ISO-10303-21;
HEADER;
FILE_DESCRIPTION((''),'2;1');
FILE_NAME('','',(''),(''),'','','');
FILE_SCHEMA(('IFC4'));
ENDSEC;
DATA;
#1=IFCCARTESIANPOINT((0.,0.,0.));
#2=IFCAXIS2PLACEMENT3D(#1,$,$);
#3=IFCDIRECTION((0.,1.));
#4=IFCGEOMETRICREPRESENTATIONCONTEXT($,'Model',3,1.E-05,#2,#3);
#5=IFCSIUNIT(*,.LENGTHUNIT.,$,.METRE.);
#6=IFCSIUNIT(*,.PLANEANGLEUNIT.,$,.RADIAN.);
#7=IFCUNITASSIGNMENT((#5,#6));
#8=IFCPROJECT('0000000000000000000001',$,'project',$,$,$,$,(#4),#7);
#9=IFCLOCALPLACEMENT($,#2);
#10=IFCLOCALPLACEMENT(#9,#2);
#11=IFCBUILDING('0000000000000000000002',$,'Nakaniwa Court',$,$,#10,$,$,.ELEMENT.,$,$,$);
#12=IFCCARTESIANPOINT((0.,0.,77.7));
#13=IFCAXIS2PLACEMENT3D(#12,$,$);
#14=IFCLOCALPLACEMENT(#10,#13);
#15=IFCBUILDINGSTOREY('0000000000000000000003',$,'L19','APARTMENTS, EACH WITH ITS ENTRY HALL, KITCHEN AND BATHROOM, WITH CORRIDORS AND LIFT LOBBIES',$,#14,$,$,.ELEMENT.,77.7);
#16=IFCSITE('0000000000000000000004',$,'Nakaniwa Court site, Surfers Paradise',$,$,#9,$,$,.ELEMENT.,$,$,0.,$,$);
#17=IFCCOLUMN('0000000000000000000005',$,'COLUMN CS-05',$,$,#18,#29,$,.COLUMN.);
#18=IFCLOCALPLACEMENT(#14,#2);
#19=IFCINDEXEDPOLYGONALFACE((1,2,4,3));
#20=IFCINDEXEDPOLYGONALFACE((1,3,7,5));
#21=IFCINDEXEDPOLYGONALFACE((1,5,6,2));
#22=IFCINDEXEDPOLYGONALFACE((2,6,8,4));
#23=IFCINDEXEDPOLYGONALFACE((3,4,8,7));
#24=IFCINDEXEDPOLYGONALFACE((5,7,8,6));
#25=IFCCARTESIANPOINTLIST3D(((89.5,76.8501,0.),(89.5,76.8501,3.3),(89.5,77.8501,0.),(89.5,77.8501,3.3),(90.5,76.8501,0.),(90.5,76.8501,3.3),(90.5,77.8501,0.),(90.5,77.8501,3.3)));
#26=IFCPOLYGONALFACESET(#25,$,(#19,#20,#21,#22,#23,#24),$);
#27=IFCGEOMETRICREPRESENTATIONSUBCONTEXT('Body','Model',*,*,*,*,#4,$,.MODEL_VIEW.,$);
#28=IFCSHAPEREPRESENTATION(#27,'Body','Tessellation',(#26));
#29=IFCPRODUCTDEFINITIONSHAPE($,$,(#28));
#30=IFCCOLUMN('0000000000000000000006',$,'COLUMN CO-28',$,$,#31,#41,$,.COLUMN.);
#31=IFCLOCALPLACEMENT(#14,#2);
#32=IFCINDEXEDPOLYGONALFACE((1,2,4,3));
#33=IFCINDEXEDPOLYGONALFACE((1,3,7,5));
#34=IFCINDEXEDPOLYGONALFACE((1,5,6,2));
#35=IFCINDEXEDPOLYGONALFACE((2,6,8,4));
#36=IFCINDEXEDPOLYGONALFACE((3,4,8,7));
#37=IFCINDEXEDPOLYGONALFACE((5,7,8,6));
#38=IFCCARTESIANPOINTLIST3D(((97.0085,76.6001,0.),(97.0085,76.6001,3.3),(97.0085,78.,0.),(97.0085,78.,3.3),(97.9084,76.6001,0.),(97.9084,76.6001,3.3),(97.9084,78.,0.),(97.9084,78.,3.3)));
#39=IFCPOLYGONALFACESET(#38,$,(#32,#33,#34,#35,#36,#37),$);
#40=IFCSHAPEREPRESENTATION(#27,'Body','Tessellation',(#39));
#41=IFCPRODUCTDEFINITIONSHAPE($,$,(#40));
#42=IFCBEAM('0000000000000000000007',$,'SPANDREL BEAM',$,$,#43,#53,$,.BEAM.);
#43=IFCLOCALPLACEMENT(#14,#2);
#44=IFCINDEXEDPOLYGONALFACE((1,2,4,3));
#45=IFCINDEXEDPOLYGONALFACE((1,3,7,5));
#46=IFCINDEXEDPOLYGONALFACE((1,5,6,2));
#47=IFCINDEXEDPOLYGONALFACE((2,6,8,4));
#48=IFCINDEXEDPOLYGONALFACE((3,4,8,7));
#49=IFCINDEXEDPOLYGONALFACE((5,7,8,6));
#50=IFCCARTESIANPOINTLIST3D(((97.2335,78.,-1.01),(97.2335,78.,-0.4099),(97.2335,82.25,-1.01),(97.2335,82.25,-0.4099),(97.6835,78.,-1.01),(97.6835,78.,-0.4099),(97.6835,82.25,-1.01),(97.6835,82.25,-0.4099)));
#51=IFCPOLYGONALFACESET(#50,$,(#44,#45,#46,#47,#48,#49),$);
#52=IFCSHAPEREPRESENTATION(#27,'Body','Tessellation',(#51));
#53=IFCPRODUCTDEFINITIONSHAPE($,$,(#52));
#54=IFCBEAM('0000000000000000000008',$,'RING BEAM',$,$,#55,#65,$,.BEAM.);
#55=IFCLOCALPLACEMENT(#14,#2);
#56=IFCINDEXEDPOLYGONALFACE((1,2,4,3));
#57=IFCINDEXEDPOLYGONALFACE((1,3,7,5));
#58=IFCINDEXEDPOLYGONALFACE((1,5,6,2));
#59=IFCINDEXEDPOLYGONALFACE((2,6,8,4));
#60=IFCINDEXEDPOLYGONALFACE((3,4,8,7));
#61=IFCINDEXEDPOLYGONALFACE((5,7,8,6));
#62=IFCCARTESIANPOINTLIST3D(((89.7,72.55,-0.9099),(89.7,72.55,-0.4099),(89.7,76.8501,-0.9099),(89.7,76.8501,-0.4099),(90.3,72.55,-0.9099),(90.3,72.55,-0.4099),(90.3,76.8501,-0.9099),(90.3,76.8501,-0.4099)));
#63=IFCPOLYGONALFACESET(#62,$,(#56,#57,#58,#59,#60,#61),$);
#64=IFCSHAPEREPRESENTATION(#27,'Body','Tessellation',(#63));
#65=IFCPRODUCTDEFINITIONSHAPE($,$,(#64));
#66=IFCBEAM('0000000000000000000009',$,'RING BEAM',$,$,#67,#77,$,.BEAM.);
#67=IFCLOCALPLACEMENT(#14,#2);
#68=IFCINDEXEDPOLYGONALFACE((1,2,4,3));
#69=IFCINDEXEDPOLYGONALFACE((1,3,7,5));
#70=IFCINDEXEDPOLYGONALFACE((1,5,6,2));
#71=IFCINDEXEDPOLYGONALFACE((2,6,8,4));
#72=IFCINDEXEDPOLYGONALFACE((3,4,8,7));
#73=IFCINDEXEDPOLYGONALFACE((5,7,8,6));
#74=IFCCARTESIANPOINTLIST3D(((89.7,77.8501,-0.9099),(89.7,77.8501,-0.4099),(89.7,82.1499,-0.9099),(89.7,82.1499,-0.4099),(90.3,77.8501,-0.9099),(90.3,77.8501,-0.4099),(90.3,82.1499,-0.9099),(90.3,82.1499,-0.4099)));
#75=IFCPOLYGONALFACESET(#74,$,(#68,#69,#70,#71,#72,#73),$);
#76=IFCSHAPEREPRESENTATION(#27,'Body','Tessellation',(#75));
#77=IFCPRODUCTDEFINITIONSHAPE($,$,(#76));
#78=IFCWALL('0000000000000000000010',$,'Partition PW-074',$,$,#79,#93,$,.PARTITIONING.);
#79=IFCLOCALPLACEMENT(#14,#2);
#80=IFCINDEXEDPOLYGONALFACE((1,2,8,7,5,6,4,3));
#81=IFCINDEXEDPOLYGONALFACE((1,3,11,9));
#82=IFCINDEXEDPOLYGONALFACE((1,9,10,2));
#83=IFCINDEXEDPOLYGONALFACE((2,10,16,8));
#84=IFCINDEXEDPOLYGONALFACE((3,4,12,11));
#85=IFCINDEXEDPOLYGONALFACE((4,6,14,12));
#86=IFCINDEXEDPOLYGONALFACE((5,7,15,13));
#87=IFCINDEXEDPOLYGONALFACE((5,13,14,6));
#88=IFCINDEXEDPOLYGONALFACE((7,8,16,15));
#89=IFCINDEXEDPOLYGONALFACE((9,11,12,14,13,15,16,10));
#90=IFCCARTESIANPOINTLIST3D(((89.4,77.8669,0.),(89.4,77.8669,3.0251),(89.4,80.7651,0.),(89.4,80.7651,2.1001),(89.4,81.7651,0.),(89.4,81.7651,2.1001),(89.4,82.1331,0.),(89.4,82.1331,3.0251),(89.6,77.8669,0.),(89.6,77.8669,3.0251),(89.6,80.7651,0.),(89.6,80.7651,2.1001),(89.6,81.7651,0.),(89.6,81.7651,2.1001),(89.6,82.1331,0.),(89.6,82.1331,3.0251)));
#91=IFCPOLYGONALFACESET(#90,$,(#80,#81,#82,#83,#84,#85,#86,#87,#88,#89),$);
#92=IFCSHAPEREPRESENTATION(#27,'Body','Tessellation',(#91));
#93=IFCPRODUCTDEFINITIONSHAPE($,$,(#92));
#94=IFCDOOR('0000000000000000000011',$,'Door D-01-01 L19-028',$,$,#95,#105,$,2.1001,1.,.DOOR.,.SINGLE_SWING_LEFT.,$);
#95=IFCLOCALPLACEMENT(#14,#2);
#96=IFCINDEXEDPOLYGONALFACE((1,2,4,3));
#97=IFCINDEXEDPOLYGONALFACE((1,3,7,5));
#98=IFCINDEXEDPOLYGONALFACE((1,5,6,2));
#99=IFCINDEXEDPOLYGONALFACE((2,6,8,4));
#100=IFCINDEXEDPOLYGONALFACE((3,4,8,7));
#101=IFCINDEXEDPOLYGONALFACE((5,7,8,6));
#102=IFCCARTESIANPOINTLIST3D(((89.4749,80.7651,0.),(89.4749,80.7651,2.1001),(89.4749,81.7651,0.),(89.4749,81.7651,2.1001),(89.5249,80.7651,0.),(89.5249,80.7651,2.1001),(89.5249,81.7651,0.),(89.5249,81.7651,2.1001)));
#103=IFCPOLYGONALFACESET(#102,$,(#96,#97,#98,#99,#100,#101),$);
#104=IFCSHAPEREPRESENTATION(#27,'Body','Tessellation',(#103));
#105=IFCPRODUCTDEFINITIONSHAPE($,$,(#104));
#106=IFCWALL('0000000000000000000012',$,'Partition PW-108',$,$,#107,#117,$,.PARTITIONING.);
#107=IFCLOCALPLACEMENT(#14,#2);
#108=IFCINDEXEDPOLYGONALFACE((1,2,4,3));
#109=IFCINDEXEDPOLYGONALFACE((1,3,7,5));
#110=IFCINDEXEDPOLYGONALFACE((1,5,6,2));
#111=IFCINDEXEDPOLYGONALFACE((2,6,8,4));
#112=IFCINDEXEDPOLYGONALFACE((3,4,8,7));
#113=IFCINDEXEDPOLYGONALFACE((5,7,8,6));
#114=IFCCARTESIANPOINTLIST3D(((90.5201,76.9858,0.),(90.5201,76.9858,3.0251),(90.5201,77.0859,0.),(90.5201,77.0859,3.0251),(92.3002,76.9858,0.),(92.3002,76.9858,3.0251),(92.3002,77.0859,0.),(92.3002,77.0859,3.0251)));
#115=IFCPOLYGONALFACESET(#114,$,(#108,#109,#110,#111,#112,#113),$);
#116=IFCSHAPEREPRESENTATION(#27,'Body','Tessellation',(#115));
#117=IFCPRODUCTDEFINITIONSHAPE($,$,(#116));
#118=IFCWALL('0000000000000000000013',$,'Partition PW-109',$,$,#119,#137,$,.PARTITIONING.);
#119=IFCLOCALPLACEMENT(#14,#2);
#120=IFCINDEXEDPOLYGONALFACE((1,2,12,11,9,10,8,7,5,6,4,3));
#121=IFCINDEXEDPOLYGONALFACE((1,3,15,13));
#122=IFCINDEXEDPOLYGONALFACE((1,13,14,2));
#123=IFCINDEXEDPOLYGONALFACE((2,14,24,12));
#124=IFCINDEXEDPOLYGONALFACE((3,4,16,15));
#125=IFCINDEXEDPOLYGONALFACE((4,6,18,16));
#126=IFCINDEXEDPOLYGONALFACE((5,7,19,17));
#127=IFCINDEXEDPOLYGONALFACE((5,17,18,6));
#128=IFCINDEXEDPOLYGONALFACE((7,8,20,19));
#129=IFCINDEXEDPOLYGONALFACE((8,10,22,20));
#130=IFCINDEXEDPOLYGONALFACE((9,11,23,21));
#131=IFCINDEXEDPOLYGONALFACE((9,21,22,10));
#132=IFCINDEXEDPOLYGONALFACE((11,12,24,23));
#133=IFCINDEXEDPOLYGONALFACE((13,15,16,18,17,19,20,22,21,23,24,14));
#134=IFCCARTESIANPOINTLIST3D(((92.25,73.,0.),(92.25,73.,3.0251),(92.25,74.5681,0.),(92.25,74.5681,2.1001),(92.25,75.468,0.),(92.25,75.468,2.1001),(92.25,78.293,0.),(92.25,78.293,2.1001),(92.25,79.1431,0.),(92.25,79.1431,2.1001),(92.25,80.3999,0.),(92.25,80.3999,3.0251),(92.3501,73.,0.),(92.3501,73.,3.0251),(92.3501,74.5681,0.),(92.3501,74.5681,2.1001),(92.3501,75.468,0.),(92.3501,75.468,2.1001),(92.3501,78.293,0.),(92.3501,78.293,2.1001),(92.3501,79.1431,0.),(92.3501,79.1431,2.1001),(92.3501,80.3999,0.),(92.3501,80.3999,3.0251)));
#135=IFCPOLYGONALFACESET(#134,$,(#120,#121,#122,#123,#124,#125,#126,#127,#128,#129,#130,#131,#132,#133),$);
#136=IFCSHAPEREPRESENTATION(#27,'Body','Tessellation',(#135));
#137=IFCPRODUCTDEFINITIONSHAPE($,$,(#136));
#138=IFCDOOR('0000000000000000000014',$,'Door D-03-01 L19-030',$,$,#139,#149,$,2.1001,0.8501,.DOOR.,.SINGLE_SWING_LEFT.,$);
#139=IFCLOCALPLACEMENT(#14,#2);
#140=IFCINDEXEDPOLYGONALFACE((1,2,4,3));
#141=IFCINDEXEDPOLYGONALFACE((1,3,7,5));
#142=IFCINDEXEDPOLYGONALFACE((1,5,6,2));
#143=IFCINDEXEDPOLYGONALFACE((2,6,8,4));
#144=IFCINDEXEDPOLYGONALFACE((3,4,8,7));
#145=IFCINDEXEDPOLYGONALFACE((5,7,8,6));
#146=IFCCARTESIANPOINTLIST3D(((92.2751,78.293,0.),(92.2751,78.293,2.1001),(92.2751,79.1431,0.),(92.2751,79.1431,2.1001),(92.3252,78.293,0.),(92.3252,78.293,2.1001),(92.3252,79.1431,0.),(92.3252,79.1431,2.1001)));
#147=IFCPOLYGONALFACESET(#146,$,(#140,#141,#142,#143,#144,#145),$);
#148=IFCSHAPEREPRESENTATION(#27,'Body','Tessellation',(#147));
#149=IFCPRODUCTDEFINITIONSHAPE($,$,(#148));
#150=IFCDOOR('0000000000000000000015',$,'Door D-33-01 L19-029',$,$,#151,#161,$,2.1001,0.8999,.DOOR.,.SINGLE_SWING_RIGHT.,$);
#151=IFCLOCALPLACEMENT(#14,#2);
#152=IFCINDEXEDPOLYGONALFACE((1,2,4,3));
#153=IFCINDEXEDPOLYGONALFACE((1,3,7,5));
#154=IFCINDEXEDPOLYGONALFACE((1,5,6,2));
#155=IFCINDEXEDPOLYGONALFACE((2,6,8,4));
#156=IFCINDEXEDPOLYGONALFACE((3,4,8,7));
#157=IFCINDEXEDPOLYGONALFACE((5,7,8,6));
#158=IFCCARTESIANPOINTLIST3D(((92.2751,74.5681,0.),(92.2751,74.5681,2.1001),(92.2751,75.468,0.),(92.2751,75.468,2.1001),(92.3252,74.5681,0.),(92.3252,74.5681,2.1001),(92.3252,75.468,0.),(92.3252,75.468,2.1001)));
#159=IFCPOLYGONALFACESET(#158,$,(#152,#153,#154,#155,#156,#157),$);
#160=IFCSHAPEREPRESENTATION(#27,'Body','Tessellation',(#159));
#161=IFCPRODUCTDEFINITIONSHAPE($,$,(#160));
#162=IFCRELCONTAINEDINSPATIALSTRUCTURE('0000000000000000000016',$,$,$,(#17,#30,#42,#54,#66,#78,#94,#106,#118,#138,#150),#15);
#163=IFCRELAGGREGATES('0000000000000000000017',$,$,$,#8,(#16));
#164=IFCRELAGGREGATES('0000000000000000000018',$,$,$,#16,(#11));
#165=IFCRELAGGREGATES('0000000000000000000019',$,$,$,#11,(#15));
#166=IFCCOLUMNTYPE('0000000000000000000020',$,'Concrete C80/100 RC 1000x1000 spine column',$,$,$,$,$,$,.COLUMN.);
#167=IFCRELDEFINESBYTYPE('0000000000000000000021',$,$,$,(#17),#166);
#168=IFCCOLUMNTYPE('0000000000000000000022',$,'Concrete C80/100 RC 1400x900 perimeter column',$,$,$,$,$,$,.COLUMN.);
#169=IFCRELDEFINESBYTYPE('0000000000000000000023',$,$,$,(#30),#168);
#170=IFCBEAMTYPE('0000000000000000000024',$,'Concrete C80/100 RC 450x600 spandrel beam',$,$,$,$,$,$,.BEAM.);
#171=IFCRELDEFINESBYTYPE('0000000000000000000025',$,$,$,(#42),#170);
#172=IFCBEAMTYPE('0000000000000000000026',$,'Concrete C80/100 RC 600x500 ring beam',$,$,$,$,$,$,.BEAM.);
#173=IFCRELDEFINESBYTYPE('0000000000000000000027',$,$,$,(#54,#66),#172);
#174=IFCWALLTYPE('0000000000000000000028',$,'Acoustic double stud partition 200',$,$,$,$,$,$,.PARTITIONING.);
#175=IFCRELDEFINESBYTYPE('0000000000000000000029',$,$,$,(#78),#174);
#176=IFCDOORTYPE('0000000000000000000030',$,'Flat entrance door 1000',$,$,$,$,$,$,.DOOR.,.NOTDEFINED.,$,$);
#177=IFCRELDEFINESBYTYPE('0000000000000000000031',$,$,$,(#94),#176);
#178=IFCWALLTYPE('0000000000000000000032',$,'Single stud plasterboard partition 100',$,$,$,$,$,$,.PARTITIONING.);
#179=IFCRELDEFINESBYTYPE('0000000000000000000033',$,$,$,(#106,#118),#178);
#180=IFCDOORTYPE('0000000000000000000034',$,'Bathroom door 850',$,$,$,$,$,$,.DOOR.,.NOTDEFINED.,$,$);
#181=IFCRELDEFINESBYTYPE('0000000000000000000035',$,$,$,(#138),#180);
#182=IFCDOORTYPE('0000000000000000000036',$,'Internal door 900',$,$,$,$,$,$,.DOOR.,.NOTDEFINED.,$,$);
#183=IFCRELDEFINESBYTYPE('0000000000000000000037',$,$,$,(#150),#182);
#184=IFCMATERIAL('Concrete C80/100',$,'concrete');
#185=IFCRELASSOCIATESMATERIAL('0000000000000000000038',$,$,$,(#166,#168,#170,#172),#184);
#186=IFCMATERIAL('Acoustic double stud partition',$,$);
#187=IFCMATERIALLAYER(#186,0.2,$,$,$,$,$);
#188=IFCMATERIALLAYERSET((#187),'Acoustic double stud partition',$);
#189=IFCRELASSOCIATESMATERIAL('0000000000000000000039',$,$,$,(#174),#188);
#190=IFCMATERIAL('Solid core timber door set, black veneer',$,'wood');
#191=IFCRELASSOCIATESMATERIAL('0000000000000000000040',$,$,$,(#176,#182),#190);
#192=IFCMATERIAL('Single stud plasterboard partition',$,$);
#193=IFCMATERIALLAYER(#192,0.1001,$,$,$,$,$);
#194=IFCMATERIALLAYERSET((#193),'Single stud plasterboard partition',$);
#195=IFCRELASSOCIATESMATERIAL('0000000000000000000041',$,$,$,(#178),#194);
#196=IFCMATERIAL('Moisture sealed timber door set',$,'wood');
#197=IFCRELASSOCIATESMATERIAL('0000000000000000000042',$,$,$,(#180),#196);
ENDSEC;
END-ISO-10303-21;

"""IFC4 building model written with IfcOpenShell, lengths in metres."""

from ifc_helpers import new_model, si_unit, direction, frame, frame_2d, origin, origin_2d, place, context, subcontext, project, spatial, rectangle, extrude, material, layer, layer_set, material_profile, profile_set, type_object, element, fill, save


model = new_model("IFC4")

# Units and contexts
model_context = context("Model", 3, precision=1e-05, world=origin(), true_north=direction((0.0, 1.0)))
body_context = subcontext(model_context, "Body", "Model", "MODEL_VIEW")
ifc_project = project(units=[si_unit("LENGTHUNIT", "METRE"), si_unit("PLANEANGLEUNIT", "RADIAN")], contexts=[model_context])

# Site, building, storey
site_placement = place(None, origin())
site = spatial("IfcSite", under=ifc_project, at=site_placement, Name="Nakaniwa Court site, Surfers Paradise", CompositionType="ELEMENT", RefElevation=0.0)
building_placement = place(site_placement, origin())
building = spatial("IfcBuilding", under=site, at=building_placement, Name="Nakaniwa Court", CompositionType="ELEMENT")
storey_placement = place(building_placement, frame((0.0, 0.0, 77.7)))
storey = spatial("IfcBuildingStorey", under=building, at=storey_placement, Name="L19", Description="APARTMENTS, EACH WITH ITS ENTRY HALL, KITCHEN AND BATHROOM, WITH CORRIDORS AND LIFT LOBBIES", CompositionType="ELEMENT", Elevation=77.7)

# Columns
ifc_material_1 = material(Name="Concrete C80/100", Category="concrete")
ifc_material_profile_1 = material_profile(ifc_material_1, rectangle(XDim=1.0, YDim=1.0, at=origin_2d()), Name="Concrete C80/100 RC 1000x1000 spine column")
ifc_profile_set_1 = profile_set([ifc_material_profile_1], Name="Concrete C80/100")
column_type_1 = type_object("IfcColumnType", Name="Concrete C80/100 RC 1000x1000 spine column", PredefinedType="COLUMN", material=ifc_profile_set_1)
column_1_placement = place(storey_placement, frame((90.0, 77.3501, 0.0), z_axis=(0.0, 0.0, 1.0), x_axis=(0.0, 1.0, 0.0)))
element("IfcColumn", 1, at=column_1_placement, inside=storey, type_object=column_type_1, Name="COLUMN CS-05", PredefinedType="COLUMN", context=body_context, shape_type="SweptSolid", body=[
    extrude(rectangle(XDim=1.0, YDim=1.0, at=origin_2d()), origin(), (0.0, 0.0, 1.0), 3.3),
])
ifc_material_profile_2 = material_profile(ifc_material_1, rectangle(XDim=1.3999, YDim=0.8999, at=origin_2d()), Name="Concrete C80/100 RC 1400x900 perimeter column")
ifc_profile_set_2 = profile_set([ifc_material_profile_2], Name="Concrete C80/100")
column_type_2 = type_object("IfcColumnType", Name="Concrete C80/100 RC 1400x900 perimeter column", PredefinedType="COLUMN", material=ifc_profile_set_2)
column_2_placement = place(storey_placement, frame((97.4585, 77.3, 0.0), z_axis=(0.0, 0.0, 1.0), x_axis=(0.0, 1.0, 0.0)))
element("IfcColumn", 2, at=column_2_placement, inside=storey, type_object=column_type_2, Name="COLUMN CO-28", PredefinedType="COLUMN", context=body_context, shape_type="SweptSolid", body=[
    extrude(rectangle(XDim=1.3999, YDim=0.8999, at=origin_2d()), origin(), (0.0, 0.0, 1.0), 3.3),
])

# Beams
ifc_material_profile_3 = material_profile(ifc_material_1, rectangle(XDim=0.45, YDim=0.6001, at=origin_2d()), Name="Concrete C80/100 RC 450x600 spandrel beam")
ifc_profile_set_3 = profile_set([ifc_material_profile_3], Name="Concrete C80/100")
beam_type_1 = type_object("IfcBeamType", Name="Concrete C80/100 RC 450x600 spandrel beam", PredefinedType="BEAM", material=ifc_profile_set_3)
beam_1_placement = place(storey_placement, frame((97.4585, 78.0, -0.71), z_axis=(0.0, 1.0, 0.0), x_axis=(-1.0, 0.0, 0.0)))
element("IfcBeam", 3, at=beam_1_placement, inside=storey, type_object=beam_type_1, Name="SPANDREL BEAM", PredefinedType="BEAM", context=body_context, shape_type="SweptSolid", body=[
    extrude(rectangle(XDim=0.45, YDim=0.6001, at=origin_2d()), origin(), (0.0, 0.0, 1.0), 4.25),
])
ifc_material_profile_4 = material_profile(ifc_material_1, rectangle(XDim=0.6001, YDim=0.5, at=origin_2d()), Name="Concrete C80/100 RC 600x500 ring beam")
ifc_profile_set_4 = profile_set([ifc_material_profile_4], Name="Concrete C80/100")
beam_type_2 = type_object("IfcBeamType", Name="Concrete C80/100 RC 600x500 ring beam", PredefinedType="BEAM", material=ifc_profile_set_4)
beam_2_placement = place(storey_placement, frame((90.0, 72.55, -0.6599), z_axis=(0.0, 1.0, 0.0), x_axis=(-1.0, 0.0, 0.0)))
element("IfcBeam", 4, at=beam_2_placement, inside=storey, type_object=beam_type_2, Name="RING BEAM", PredefinedType="BEAM", context=body_context, shape_type="SweptSolid", body=[
    extrude(rectangle(XDim=0.6001, YDim=0.5, at=origin_2d()), origin(), (0.0, 0.0, 1.0), 4.3),
])
beam_3_placement = place(storey_placement, frame((90.0, 77.8501, -0.6599), z_axis=(0.0, 1.0, 0.0), x_axis=(-1.0, 0.0, 0.0)))
element("IfcBeam", 5, at=beam_3_placement, inside=storey, type_object=beam_type_2, Name="RING BEAM", PredefinedType="BEAM", context=body_context, shape_type="SweptSolid", body=[
    extrude(rectangle(XDim=0.6001, YDim=0.5, at=origin_2d()), origin(), (0.0, 0.0, 1.0), 4.2998),
])

# Wall, opening, door
ifc_material_2 = material(Name="Acoustic double stud partition")
ifc_layer_1 = layer(ifc_material_2, 0.2)
ifc_layer_set_1 = layer_set([ifc_layer_1], Name="Acoustic double stud partition")
wall_type_1 = type_object("IfcWallType", Name="Acoustic double stud partition 200", PredefinedType="PARTITIONING", material=ifc_layer_set_1)
wall_1_placement = place(storey_placement, frame((89.5, 82.1331, 0.0), z_axis=(0.0, 0.0, 1.0), x_axis=(0.0, -1.0, 0.0)))
wall_1 = element("IfcWall", 6, at=wall_1_placement, inside=storey, type_object=wall_type_1, Name="Partition PW-074", PredefinedType="PARTITIONING", context=body_context, shape_type="SweptSolid", body=[
    extrude(rectangle(XDim=4.2661, YDim=0.2, at=frame_2d((2.1331, 0.0))), origin(), (0.0, 0.0, 1.0), 3.0251),
])
opening_1_placement = place(wall_1_placement, frame((0.3679, 0.0, 0.0)))
opening_1 = element("IfcOpeningElement", 7, at=opening_1_placement, cuts=wall_1, PredefinedType="OPENING", context=body_context, shape_type="SweptSolid", body=[
    extrude(rectangle(XDim=1.0, YDim=2.1001, at=frame_2d((0.5, 1.05))), frame((0.0, 0.1099, 0.0), z_axis=(0.0, -1.0, 0.0), x_axis=(1.0, 0.0, 0.0)), (0.0, 0.0, 1.0), 0.22),
])
ifc_material_3 = material(Name="Solid core timber door set, black veneer", Category="wood")
door_type_1 = type_object("IfcDoorType", Name="Flat entrance door 1000", OperationType="NOTDEFINED", PredefinedType="DOOR", material=ifc_material_3)
door_1_placement = place(opening_1_placement, origin())
door_1 = element("IfcDoor", 8, at=door_1_placement, inside=storey, type_object=door_type_1, Name="Door D-01-01 L19-028", OperationType="SINGLE_SWING_LEFT", OverallHeight=2.1001, OverallWidth=1.0, PredefinedType="DOOR", context=body_context, shape_type="SweptSolid", body=[
    extrude(rectangle(XDim=1.0, YDim=2.1001, at=frame_2d((0.5, 1.05))), frame((0.0, 0.0249, 0.0), z_axis=(0.0, -1.0, 0.0), x_axis=(1.0, 0.0, 0.0)), (0.0, 0.0, 1.0), 0.05),
])
fill(opening_1, door_1)

# Wall
ifc_material_4 = material(Name="Single stud plasterboard partition")
ifc_layer_2 = layer(ifc_material_4, 0.1001)
ifc_layer_set_2 = layer_set([ifc_layer_2], Name="Single stud plasterboard partition")
wall_type_2 = type_object("IfcWallType", Name="Single stud plasterboard partition 100", PredefinedType="PARTITIONING", material=ifc_layer_set_2)
wall_2_placement = place(storey_placement, frame((90.52, 77.0359, 0.0), z_axis=(0.0, 0.0, 1.0), x_axis=(1.0, 0.0, 0.0)))
element("IfcWall", 9, at=wall_2_placement, inside=storey, type_object=wall_type_2, Name="Partition PW-108", PredefinedType="PARTITIONING", context=body_context, shape_type="SweptSolid", body=[
    extrude(rectangle(XDim=1.78, YDim=0.1001, at=frame_2d((0.8901, 0.0))), origin(), (0.0, 0.0, 1.0), 3.0251),
])

# Wall, openings, doors
wall_3_placement = place(storey_placement, frame((92.3, 73.0, 0.0), z_axis=(0.0, 0.0, 1.0), x_axis=(0.0, 1.0, 0.0)))
wall_3 = element("IfcWall", 10, at=wall_3_placement, inside=storey, type_object=wall_type_2, Name="Partition PW-109", PredefinedType="PARTITIONING", context=body_context, shape_type="SweptSolid", body=[
    extrude(rectangle(XDim=7.3999, YDim=0.1001, at=frame_2d((3.7, 0.0))), origin(), (0.0, 0.0, 1.0), 3.0251),
])
opening_2_placement = place(wall_3_placement, frame((1.5681, 0.0, 0.0)))
opening_2 = element("IfcOpeningElement", 11, at=opening_2_placement, cuts=wall_3, PredefinedType="OPENING", context=body_context, shape_type="SweptSolid", body=[
    extrude(rectangle(XDim=0.8999, YDim=2.1001, at=frame_2d((0.45, 1.05))), frame((0.0, 0.0601, 0.0), z_axis=(0.0, -1.0, 0.0), x_axis=(1.0, 0.0, 0.0)), (0.0, 0.0, 1.0), 0.1201),
])
opening_3_placement = place(wall_3_placement, frame((5.293, 0.0, 0.0)))
opening_3 = element("IfcOpeningElement", 12, at=opening_3_placement, cuts=wall_3, PredefinedType="OPENING", context=body_context, shape_type="SweptSolid", body=[
    extrude(rectangle(XDim=0.8501, YDim=2.1001, at=frame_2d((0.425, 1.05))), frame((0.0, 0.0601, 0.0), z_axis=(0.0, -1.0, 0.0), x_axis=(1.0, 0.0, 0.0)), (0.0, 0.0, 1.0), 0.1201),
])
ifc_material_5 = material(Name="Moisture sealed timber door set", Category="wood")
door_type_2 = type_object("IfcDoorType", Name="Bathroom door 850", OperationType="NOTDEFINED", PredefinedType="DOOR", material=ifc_material_5)
door_2_placement = place(opening_3_placement, origin())
door_2 = element("IfcDoor", 13, at=door_2_placement, inside=storey, type_object=door_type_2, Name="Door D-03-01 L19-030", OperationType="SINGLE_SWING_LEFT", OverallHeight=2.1001, OverallWidth=0.8501, PredefinedType="DOOR", context=body_context, shape_type="SweptSolid", body=[
    extrude(rectangle(XDim=0.8501, YDim=2.1001, at=frame_2d((0.425, 1.05))), frame((0.0, 0.0249, 0.0), z_axis=(0.0, -1.0, 0.0), x_axis=(1.0, 0.0, 0.0)), (0.0, 0.0, 1.0), 0.05),
])
fill(opening_3, door_2)
door_type_3 = type_object("IfcDoorType", Name="Internal door 900", OperationType="NOTDEFINED", PredefinedType="DOOR", material=ifc_material_3)
door_3_placement = place(opening_2_placement, origin())
door_3 = element("IfcDoor", 14, at=door_3_placement, inside=storey, type_object=door_type_3, Name="Door D-33-01 L19-029", OperationType="SINGLE_SWING_RIGHT", OverallHeight=2.1001, OverallWidth=0.8999, PredefinedType="DOOR", context=body_context, shape_type="SweptSolid", body=[
    extrude(rectangle(XDim=0.8999, YDim=2.1001, at=frame_2d((0.45, 1.05))), frame((0.0, 0.0249, 0.0), z_axis=(0.0, -1.0, 0.0), x_axis=(1.0, 0.0, 0.0)), (0.0, 0.0, 1.0), 0.05),
])
fill(opening_2, door_3)

save(model, "model.ifc")
